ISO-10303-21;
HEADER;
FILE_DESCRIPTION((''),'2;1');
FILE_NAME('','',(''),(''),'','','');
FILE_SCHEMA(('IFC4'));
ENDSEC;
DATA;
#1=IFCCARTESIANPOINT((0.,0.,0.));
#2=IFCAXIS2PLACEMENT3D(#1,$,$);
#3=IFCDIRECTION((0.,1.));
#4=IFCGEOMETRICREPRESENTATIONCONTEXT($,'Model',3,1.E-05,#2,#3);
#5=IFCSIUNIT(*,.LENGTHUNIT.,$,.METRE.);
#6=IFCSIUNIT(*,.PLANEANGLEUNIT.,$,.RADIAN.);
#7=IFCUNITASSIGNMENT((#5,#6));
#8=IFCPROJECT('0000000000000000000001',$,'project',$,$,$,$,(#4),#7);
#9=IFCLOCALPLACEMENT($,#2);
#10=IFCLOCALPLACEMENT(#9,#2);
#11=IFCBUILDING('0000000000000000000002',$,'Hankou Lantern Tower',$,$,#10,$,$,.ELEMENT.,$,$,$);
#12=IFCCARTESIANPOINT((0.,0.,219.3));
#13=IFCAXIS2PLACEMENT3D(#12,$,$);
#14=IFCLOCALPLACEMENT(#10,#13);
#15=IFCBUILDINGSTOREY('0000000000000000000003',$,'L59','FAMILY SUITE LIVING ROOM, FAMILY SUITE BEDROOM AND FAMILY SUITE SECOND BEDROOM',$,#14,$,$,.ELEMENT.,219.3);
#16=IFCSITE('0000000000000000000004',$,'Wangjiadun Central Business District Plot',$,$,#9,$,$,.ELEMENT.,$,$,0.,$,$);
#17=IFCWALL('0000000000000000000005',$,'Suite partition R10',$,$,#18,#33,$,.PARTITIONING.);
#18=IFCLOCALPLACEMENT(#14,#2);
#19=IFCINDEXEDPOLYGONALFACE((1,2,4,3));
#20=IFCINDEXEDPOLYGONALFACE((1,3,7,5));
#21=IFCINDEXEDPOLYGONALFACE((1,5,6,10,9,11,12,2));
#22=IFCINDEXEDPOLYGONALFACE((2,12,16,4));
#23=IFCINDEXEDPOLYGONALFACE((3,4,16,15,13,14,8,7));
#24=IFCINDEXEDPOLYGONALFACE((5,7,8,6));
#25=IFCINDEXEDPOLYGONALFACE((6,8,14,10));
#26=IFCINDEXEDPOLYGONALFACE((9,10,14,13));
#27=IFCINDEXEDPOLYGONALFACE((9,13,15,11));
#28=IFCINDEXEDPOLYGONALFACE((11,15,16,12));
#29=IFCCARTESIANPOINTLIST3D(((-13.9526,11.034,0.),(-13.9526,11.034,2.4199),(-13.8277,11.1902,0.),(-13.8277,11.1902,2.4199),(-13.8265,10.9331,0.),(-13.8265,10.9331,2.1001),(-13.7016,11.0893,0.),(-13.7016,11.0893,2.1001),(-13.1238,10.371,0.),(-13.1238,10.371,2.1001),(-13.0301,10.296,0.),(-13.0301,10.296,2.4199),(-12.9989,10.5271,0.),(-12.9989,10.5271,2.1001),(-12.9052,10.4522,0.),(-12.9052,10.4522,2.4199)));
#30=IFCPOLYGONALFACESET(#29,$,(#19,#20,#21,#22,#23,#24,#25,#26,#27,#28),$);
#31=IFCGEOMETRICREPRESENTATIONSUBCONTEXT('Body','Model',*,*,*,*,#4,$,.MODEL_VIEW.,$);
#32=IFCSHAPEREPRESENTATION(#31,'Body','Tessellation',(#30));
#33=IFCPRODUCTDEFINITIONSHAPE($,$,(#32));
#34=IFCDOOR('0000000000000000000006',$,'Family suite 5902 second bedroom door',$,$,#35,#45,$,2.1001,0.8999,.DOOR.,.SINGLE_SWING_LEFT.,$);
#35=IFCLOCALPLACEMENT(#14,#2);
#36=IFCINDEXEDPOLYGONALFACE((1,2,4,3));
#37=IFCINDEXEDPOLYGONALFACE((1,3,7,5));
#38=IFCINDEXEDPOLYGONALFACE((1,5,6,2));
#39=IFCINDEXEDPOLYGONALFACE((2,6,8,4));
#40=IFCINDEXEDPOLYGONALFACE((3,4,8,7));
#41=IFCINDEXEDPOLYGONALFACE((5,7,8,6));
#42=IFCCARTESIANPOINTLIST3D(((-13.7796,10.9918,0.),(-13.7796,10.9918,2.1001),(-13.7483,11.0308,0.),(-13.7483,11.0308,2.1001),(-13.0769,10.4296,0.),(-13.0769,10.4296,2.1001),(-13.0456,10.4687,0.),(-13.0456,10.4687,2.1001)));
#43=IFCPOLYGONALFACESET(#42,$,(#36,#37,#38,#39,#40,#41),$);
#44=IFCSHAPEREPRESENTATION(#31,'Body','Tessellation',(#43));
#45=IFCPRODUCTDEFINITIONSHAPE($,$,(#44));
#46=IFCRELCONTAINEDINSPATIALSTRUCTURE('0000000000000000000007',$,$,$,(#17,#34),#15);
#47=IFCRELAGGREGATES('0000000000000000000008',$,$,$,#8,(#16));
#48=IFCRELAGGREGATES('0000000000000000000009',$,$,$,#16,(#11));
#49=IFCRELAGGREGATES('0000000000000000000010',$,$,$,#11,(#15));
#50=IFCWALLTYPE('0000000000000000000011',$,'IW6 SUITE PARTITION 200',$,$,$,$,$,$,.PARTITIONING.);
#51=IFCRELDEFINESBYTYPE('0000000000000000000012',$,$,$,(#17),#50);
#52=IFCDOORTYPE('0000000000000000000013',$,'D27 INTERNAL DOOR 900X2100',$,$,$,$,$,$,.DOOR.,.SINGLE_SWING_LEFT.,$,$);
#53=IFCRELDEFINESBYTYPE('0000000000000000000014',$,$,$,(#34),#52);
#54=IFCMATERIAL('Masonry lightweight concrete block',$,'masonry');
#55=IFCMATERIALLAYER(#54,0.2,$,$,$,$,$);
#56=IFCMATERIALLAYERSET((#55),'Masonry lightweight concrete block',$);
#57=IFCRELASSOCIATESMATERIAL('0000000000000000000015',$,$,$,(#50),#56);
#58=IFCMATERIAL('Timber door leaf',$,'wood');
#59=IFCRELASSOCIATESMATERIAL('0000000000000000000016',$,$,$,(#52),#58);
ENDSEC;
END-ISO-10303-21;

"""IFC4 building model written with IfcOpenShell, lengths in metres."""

from ifc_helpers import new_model, si_unit, direction, frame, frame_2d, origin, place, context, subcontext, project, spatial, rectangle, extrude, material, layer, layer_set, type_object, element, fill, save


model = new_model("IFC4")

# Units and contexts
model_context = context("Model", 3, precision=1e-05, world=origin(), true_north=direction((0.0, 1.0)))
body_context = subcontext(model_context, "Body", "Model", "MODEL_VIEW")
ifc_project = project(units=[si_unit("LENGTHUNIT", "METRE"), si_unit("PLANEANGLEUNIT", "RADIAN")], contexts=[model_context])

# Site, building, storey
site_placement = place(None, origin())
site = spatial("IfcSite", under=ifc_project, at=site_placement, Name="Wangjiadun Central Business District Plot", CompositionType="ELEMENT", RefElevation=0.0)
building_placement = place(site_placement, origin())
building = spatial("IfcBuilding", under=site, at=building_placement, Name="Hankou Lantern Tower", CompositionType="ELEMENT")
storey_placement = place(building_placement, frame((0.0, 0.0, 219.3)))
storey = spatial("IfcBuildingStorey", under=building, at=storey_placement, Name="L59", Description="FAMILY SUITE LIVING ROOM, FAMILY SUITE BEDROOM AND FAMILY SUITE SECOND BEDROOM", CompositionType="ELEMENT", Elevation=219.3)

# Shared definitions
ifc_material_1 = material(Name="Masonry lightweight concrete block", Category="masonry")
ifc_layer_1 = layer(ifc_material_1, 0.2)
ifc_layer_set_1 = layer_set([ifc_layer_1], Name="Masonry lightweight concrete block")
wall_type_1 = type_object("IfcWallType", Name="IW6 SUITE PARTITION 200", PredefinedType="PARTITIONING", material=ifc_layer_set_1)

# Wall, opening, door
wall_1_placement = place(storey_placement, frame((-12.9675, 10.374, 0.0), z_axis=(0.0, 0.0, 1.0), x_axis=(-0.780889, 0.62467, 0.0)))
wall_1 = element("IfcWall", 1, at=wall_1_placement, inside=storey, type_object=wall_type_1, Name="Suite partition R10", PredefinedType="PARTITIONING", context=body_context, shape_type="SweptSolid", body=[
    extrude(rectangle(XDim=1.1814, YDim=0.2, at=frame_2d((0.5908, 0.0))), origin(), (0.0, 0.0, 1.0), 2.4199),
])
opening_1_placement = place(wall_1_placement, frame((0.1201, 0.0, 0.0)))
opening_1 = element("IfcOpeningElement", 2, at=opening_1_placement, cuts=wall_1, PredefinedType="OPENING", context=body_context, shape_type="SweptSolid", body=[
    extrude(rectangle(XDim=0.8999, YDim=2.1001, at=frame_2d((0.45, 1.05))), frame((0.0, 0.1099, 0.0), z_axis=(0.0, -1.0, 0.0), x_axis=(1.0, 0.0, 0.0)), (0.0, 0.0, 1.0), 0.22),
])
ifc_material_2 = material(Name="Timber door leaf", Category="wood")
door_type_1 = type_object("IfcDoorType", Name="D27 INTERNAL DOOR 900X2100", OperationType="SINGLE_SWING_LEFT", PredefinedType="DOOR", material=ifc_material_2)
door_1_placement = place(opening_1_placement, origin())
door_1 = element("IfcDoor", 3, at=door_1_placement, inside=storey, type_object=door_type_1, Name="Family suite 5902 second bedroom door", OperationType="SINGLE_SWING_LEFT", OverallHeight=2.1001, OverallWidth=0.8999, PredefinedType="DOOR", context=body_context, shape_type="SweptSolid", body=[
    extrude(rectangle(XDim=0.8999, YDim=2.1001, at=frame_2d((0.45, 1.05))), frame((0.0, 0.0249, 0.0), z_axis=(0.0, -1.0, 0.0), x_axis=(1.0, 0.0, 0.0)), (0.0, 0.0, 1.0), 0.05),
])
fill(opening_1, door_1)

save(model, "model.ifc")
